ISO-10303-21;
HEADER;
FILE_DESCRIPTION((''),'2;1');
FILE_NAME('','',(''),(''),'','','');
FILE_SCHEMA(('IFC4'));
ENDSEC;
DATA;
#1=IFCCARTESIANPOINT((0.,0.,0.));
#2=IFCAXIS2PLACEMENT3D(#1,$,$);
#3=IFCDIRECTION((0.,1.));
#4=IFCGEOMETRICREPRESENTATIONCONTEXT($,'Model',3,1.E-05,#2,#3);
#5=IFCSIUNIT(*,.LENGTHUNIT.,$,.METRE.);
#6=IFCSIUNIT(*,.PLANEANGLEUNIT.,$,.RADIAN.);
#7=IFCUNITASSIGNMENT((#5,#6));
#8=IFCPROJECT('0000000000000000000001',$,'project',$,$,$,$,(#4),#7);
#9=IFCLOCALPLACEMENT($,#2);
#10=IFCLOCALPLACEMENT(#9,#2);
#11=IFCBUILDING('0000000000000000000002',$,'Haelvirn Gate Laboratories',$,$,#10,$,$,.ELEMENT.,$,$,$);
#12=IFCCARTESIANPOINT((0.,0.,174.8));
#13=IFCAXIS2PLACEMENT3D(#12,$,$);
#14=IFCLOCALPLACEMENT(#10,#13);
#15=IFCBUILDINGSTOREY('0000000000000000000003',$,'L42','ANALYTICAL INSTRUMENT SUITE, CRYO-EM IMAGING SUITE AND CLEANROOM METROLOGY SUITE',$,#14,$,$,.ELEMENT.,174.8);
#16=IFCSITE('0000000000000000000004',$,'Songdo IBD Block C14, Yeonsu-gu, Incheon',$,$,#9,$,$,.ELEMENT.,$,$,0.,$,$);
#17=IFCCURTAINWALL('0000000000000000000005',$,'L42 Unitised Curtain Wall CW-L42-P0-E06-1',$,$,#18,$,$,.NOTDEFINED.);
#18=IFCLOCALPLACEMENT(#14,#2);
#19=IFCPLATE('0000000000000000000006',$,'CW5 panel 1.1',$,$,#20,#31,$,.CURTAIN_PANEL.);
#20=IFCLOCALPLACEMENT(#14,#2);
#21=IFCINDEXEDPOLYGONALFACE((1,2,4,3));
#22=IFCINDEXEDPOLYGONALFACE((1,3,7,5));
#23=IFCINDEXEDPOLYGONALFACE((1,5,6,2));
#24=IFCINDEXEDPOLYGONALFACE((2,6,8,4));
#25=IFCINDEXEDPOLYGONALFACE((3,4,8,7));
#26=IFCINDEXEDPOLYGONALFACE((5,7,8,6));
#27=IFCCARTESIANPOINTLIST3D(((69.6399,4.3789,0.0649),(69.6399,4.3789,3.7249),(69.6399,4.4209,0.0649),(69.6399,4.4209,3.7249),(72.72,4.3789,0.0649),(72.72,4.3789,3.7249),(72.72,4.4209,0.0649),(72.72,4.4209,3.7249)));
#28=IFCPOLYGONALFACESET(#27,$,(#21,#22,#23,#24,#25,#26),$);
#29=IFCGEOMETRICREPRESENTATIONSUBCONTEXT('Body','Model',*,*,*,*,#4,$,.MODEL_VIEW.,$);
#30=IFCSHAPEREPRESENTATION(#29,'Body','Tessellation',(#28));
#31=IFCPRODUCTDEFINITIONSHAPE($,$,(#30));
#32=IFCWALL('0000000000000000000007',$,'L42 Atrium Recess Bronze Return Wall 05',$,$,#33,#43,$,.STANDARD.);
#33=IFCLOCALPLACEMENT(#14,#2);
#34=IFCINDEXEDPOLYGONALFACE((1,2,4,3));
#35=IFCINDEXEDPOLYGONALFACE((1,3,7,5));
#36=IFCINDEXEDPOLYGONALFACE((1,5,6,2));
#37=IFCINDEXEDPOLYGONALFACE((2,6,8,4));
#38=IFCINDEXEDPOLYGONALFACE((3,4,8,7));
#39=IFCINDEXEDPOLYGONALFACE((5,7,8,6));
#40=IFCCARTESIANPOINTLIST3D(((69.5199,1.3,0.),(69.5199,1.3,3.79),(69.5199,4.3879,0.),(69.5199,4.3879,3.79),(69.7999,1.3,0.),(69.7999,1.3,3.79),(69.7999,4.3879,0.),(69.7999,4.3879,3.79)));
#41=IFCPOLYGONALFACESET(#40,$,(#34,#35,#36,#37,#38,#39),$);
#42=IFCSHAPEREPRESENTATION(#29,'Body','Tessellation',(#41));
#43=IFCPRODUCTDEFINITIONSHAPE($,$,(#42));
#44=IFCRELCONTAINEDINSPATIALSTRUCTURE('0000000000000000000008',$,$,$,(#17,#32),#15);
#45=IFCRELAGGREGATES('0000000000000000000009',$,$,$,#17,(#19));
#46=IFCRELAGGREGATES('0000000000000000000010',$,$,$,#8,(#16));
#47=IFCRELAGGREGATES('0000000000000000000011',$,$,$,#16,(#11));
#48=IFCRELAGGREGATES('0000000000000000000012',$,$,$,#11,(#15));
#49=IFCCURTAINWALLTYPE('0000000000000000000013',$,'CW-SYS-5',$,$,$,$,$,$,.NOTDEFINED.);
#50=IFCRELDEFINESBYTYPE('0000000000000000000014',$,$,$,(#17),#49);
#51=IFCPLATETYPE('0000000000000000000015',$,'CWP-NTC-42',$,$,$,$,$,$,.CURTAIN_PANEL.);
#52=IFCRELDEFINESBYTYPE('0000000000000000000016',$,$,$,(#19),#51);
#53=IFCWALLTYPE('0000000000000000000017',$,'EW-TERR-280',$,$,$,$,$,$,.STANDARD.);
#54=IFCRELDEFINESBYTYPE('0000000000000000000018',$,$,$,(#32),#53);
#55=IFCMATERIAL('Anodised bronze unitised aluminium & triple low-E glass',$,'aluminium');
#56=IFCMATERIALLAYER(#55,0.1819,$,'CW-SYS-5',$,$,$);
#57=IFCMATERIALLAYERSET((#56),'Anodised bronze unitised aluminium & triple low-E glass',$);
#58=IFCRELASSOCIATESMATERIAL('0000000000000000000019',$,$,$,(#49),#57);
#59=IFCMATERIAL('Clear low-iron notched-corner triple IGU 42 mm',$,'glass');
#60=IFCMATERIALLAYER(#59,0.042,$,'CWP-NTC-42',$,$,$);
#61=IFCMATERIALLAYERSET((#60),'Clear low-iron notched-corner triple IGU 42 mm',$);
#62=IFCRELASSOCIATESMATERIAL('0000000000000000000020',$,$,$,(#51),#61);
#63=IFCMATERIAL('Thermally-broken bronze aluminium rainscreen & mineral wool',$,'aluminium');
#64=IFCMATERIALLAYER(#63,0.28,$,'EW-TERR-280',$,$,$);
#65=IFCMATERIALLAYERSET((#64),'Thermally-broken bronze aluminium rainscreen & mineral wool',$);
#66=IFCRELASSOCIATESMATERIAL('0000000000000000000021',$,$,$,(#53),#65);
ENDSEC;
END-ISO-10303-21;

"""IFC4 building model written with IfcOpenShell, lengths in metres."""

from ifc_helpers import new_model, si_unit, direction, frame, frame_2d, origin, origin_2d, place, context, subcontext, project, spatial, rectangle, extrude, source, transform, mapped, material, layer, layer_set, type_object, type_shapes, element, aggregate, save


model = new_model("IFC4")

# Units and contexts
model_context = context("Model", 3, precision=1e-05, world=origin(), true_north=direction((0.0, 1.0)))
body_context = subcontext(model_context, "Body", "Model", "MODEL_VIEW")
ifc_project = project(units=[si_unit("LENGTHUNIT", "METRE"), si_unit("PLANEANGLEUNIT", "RADIAN")], contexts=[model_context])

# Site, building, storey
site_placement = place(None, origin())
site = spatial("IfcSite", under=ifc_project, at=site_placement, Name="Songdo IBD Block C14, Yeonsu-gu, Incheon", CompositionType="ELEMENT", RefElevation=0.0)
building_placement = place(site_placement, origin())
building = spatial("IfcBuilding", under=site, at=building_placement, Name="Haelvirn Gate Laboratories", CompositionType="ELEMENT")
storey_placement = place(building_placement, frame((0.0, 0.0, 174.8)))
storey = spatial("IfcBuildingStorey", under=building, at=storey_placement, Name="L42", Description="ANALYTICAL INSTRUMENT SUITE, CRYO-EM IMAGING SUITE AND CLEANROOM METROLOGY SUITE", CompositionType="ELEMENT", Elevation=174.8)

# Curtain wall
ifc_material_1 = material(Name="Anodised bronze unitised aluminium & triple low-E glass", Category="aluminium")
ifc_layer_1 = layer(ifc_material_1, 0.1819, Name="CW-SYS-5")
ifc_layer_set_1 = layer_set([ifc_layer_1], Name="Anodised bronze unitised aluminium & triple low-E glass")
curtain_wall_type_1 = type_object("IfcCurtainWallType", Name="CW-SYS-5", PredefinedType="NOTDEFINED", material=ifc_layer_set_1)
curtain_wall_1_placement = place(storey_placement, origin())
curtain_wall_1 = element("IfcCurtainWall", 1, at=curtain_wall_1_placement, inside=storey, type_object=curtain_wall_type_1, Name="L42 Unitised Curtain Wall CW-L42-P0-E06-1", PredefinedType="NOTDEFINED")

# Plate
ifc_material_2 = material(Name="Clear low-iron notched-corner triple IGU 42 mm", Category="glass")
ifc_layer_2 = layer(ifc_material_2, 0.042, Name="CWP-NTC-42")
ifc_layer_set_2 = layer_set([ifc_layer_2], Name="Clear low-iron notched-corner triple IGU 42 mm")
plate_type_1 = type_object("IfcPlateType", Name="CWP-NTC-42", PredefinedType="CURTAIN_PANEL", material=ifc_layer_set_2)
shared_shape_1 = source(origin(), body_context, "Body", "SweptSolid", [
    extrude(rectangle(XDim=3.0801, YDim=0.042, at=origin_2d()), origin(), (0.0, 0.0, 1.0), 3.6599),
])
type_shapes(plate_type_1, [shared_shape_1])
plate_1_placement = place(storey_placement, frame((71.1799, 4.3999, 0.0649), z_axis=(0.0, 0.0, 1.0), x_axis=(1.0, 0.0, 0.0)))
plate_1 = element("IfcPlate", 2, at=plate_1_placement, type_object=plate_type_1, Name="CW5 panel 1.1", PredefinedType="CURTAIN_PANEL", context=body_context, shape_type="MappedRepresentation", body=[
    mapped(shared_shape_1, transform((0.0, 0.0, 0.0), scale=1.0)),
])
aggregate(curtain_wall_1, [plate_1])

# Wall
ifc_material_3 = material(Name="Thermally-broken bronze aluminium rainscreen & mineral wool", Category="aluminium")
ifc_layer_3 = layer(ifc_material_3, 0.28, Name="EW-TERR-280")
ifc_layer_set_3 = layer_set([ifc_layer_3], Name="Thermally-broken bronze aluminium rainscreen & mineral wool")
wall_type = type_object("IfcWallType", Name="EW-TERR-280", PredefinedType="STANDARD", material=ifc_layer_set_3)
wall_placement = place(storey_placement, frame((69.6599, 1.3, 0.0), z_axis=(0.0, 0.0, 1.0), x_axis=(0.0, 1.0, 0.0)))
element("IfcWall", 3, at=wall_placement, inside=storey, type_object=wall_type, Name="L42 Atrium Recess Bronze Return Wall 05", PredefinedType="STANDARD", context=body_context, shape_type="SweptSolid", body=[
    extrude(rectangle(XDim=3.0879, YDim=0.28, at=frame_2d((1.5439, 0.0))), origin(), (0.0, 0.0, 1.0), 3.79),
])

save(model, "model.ifc")
